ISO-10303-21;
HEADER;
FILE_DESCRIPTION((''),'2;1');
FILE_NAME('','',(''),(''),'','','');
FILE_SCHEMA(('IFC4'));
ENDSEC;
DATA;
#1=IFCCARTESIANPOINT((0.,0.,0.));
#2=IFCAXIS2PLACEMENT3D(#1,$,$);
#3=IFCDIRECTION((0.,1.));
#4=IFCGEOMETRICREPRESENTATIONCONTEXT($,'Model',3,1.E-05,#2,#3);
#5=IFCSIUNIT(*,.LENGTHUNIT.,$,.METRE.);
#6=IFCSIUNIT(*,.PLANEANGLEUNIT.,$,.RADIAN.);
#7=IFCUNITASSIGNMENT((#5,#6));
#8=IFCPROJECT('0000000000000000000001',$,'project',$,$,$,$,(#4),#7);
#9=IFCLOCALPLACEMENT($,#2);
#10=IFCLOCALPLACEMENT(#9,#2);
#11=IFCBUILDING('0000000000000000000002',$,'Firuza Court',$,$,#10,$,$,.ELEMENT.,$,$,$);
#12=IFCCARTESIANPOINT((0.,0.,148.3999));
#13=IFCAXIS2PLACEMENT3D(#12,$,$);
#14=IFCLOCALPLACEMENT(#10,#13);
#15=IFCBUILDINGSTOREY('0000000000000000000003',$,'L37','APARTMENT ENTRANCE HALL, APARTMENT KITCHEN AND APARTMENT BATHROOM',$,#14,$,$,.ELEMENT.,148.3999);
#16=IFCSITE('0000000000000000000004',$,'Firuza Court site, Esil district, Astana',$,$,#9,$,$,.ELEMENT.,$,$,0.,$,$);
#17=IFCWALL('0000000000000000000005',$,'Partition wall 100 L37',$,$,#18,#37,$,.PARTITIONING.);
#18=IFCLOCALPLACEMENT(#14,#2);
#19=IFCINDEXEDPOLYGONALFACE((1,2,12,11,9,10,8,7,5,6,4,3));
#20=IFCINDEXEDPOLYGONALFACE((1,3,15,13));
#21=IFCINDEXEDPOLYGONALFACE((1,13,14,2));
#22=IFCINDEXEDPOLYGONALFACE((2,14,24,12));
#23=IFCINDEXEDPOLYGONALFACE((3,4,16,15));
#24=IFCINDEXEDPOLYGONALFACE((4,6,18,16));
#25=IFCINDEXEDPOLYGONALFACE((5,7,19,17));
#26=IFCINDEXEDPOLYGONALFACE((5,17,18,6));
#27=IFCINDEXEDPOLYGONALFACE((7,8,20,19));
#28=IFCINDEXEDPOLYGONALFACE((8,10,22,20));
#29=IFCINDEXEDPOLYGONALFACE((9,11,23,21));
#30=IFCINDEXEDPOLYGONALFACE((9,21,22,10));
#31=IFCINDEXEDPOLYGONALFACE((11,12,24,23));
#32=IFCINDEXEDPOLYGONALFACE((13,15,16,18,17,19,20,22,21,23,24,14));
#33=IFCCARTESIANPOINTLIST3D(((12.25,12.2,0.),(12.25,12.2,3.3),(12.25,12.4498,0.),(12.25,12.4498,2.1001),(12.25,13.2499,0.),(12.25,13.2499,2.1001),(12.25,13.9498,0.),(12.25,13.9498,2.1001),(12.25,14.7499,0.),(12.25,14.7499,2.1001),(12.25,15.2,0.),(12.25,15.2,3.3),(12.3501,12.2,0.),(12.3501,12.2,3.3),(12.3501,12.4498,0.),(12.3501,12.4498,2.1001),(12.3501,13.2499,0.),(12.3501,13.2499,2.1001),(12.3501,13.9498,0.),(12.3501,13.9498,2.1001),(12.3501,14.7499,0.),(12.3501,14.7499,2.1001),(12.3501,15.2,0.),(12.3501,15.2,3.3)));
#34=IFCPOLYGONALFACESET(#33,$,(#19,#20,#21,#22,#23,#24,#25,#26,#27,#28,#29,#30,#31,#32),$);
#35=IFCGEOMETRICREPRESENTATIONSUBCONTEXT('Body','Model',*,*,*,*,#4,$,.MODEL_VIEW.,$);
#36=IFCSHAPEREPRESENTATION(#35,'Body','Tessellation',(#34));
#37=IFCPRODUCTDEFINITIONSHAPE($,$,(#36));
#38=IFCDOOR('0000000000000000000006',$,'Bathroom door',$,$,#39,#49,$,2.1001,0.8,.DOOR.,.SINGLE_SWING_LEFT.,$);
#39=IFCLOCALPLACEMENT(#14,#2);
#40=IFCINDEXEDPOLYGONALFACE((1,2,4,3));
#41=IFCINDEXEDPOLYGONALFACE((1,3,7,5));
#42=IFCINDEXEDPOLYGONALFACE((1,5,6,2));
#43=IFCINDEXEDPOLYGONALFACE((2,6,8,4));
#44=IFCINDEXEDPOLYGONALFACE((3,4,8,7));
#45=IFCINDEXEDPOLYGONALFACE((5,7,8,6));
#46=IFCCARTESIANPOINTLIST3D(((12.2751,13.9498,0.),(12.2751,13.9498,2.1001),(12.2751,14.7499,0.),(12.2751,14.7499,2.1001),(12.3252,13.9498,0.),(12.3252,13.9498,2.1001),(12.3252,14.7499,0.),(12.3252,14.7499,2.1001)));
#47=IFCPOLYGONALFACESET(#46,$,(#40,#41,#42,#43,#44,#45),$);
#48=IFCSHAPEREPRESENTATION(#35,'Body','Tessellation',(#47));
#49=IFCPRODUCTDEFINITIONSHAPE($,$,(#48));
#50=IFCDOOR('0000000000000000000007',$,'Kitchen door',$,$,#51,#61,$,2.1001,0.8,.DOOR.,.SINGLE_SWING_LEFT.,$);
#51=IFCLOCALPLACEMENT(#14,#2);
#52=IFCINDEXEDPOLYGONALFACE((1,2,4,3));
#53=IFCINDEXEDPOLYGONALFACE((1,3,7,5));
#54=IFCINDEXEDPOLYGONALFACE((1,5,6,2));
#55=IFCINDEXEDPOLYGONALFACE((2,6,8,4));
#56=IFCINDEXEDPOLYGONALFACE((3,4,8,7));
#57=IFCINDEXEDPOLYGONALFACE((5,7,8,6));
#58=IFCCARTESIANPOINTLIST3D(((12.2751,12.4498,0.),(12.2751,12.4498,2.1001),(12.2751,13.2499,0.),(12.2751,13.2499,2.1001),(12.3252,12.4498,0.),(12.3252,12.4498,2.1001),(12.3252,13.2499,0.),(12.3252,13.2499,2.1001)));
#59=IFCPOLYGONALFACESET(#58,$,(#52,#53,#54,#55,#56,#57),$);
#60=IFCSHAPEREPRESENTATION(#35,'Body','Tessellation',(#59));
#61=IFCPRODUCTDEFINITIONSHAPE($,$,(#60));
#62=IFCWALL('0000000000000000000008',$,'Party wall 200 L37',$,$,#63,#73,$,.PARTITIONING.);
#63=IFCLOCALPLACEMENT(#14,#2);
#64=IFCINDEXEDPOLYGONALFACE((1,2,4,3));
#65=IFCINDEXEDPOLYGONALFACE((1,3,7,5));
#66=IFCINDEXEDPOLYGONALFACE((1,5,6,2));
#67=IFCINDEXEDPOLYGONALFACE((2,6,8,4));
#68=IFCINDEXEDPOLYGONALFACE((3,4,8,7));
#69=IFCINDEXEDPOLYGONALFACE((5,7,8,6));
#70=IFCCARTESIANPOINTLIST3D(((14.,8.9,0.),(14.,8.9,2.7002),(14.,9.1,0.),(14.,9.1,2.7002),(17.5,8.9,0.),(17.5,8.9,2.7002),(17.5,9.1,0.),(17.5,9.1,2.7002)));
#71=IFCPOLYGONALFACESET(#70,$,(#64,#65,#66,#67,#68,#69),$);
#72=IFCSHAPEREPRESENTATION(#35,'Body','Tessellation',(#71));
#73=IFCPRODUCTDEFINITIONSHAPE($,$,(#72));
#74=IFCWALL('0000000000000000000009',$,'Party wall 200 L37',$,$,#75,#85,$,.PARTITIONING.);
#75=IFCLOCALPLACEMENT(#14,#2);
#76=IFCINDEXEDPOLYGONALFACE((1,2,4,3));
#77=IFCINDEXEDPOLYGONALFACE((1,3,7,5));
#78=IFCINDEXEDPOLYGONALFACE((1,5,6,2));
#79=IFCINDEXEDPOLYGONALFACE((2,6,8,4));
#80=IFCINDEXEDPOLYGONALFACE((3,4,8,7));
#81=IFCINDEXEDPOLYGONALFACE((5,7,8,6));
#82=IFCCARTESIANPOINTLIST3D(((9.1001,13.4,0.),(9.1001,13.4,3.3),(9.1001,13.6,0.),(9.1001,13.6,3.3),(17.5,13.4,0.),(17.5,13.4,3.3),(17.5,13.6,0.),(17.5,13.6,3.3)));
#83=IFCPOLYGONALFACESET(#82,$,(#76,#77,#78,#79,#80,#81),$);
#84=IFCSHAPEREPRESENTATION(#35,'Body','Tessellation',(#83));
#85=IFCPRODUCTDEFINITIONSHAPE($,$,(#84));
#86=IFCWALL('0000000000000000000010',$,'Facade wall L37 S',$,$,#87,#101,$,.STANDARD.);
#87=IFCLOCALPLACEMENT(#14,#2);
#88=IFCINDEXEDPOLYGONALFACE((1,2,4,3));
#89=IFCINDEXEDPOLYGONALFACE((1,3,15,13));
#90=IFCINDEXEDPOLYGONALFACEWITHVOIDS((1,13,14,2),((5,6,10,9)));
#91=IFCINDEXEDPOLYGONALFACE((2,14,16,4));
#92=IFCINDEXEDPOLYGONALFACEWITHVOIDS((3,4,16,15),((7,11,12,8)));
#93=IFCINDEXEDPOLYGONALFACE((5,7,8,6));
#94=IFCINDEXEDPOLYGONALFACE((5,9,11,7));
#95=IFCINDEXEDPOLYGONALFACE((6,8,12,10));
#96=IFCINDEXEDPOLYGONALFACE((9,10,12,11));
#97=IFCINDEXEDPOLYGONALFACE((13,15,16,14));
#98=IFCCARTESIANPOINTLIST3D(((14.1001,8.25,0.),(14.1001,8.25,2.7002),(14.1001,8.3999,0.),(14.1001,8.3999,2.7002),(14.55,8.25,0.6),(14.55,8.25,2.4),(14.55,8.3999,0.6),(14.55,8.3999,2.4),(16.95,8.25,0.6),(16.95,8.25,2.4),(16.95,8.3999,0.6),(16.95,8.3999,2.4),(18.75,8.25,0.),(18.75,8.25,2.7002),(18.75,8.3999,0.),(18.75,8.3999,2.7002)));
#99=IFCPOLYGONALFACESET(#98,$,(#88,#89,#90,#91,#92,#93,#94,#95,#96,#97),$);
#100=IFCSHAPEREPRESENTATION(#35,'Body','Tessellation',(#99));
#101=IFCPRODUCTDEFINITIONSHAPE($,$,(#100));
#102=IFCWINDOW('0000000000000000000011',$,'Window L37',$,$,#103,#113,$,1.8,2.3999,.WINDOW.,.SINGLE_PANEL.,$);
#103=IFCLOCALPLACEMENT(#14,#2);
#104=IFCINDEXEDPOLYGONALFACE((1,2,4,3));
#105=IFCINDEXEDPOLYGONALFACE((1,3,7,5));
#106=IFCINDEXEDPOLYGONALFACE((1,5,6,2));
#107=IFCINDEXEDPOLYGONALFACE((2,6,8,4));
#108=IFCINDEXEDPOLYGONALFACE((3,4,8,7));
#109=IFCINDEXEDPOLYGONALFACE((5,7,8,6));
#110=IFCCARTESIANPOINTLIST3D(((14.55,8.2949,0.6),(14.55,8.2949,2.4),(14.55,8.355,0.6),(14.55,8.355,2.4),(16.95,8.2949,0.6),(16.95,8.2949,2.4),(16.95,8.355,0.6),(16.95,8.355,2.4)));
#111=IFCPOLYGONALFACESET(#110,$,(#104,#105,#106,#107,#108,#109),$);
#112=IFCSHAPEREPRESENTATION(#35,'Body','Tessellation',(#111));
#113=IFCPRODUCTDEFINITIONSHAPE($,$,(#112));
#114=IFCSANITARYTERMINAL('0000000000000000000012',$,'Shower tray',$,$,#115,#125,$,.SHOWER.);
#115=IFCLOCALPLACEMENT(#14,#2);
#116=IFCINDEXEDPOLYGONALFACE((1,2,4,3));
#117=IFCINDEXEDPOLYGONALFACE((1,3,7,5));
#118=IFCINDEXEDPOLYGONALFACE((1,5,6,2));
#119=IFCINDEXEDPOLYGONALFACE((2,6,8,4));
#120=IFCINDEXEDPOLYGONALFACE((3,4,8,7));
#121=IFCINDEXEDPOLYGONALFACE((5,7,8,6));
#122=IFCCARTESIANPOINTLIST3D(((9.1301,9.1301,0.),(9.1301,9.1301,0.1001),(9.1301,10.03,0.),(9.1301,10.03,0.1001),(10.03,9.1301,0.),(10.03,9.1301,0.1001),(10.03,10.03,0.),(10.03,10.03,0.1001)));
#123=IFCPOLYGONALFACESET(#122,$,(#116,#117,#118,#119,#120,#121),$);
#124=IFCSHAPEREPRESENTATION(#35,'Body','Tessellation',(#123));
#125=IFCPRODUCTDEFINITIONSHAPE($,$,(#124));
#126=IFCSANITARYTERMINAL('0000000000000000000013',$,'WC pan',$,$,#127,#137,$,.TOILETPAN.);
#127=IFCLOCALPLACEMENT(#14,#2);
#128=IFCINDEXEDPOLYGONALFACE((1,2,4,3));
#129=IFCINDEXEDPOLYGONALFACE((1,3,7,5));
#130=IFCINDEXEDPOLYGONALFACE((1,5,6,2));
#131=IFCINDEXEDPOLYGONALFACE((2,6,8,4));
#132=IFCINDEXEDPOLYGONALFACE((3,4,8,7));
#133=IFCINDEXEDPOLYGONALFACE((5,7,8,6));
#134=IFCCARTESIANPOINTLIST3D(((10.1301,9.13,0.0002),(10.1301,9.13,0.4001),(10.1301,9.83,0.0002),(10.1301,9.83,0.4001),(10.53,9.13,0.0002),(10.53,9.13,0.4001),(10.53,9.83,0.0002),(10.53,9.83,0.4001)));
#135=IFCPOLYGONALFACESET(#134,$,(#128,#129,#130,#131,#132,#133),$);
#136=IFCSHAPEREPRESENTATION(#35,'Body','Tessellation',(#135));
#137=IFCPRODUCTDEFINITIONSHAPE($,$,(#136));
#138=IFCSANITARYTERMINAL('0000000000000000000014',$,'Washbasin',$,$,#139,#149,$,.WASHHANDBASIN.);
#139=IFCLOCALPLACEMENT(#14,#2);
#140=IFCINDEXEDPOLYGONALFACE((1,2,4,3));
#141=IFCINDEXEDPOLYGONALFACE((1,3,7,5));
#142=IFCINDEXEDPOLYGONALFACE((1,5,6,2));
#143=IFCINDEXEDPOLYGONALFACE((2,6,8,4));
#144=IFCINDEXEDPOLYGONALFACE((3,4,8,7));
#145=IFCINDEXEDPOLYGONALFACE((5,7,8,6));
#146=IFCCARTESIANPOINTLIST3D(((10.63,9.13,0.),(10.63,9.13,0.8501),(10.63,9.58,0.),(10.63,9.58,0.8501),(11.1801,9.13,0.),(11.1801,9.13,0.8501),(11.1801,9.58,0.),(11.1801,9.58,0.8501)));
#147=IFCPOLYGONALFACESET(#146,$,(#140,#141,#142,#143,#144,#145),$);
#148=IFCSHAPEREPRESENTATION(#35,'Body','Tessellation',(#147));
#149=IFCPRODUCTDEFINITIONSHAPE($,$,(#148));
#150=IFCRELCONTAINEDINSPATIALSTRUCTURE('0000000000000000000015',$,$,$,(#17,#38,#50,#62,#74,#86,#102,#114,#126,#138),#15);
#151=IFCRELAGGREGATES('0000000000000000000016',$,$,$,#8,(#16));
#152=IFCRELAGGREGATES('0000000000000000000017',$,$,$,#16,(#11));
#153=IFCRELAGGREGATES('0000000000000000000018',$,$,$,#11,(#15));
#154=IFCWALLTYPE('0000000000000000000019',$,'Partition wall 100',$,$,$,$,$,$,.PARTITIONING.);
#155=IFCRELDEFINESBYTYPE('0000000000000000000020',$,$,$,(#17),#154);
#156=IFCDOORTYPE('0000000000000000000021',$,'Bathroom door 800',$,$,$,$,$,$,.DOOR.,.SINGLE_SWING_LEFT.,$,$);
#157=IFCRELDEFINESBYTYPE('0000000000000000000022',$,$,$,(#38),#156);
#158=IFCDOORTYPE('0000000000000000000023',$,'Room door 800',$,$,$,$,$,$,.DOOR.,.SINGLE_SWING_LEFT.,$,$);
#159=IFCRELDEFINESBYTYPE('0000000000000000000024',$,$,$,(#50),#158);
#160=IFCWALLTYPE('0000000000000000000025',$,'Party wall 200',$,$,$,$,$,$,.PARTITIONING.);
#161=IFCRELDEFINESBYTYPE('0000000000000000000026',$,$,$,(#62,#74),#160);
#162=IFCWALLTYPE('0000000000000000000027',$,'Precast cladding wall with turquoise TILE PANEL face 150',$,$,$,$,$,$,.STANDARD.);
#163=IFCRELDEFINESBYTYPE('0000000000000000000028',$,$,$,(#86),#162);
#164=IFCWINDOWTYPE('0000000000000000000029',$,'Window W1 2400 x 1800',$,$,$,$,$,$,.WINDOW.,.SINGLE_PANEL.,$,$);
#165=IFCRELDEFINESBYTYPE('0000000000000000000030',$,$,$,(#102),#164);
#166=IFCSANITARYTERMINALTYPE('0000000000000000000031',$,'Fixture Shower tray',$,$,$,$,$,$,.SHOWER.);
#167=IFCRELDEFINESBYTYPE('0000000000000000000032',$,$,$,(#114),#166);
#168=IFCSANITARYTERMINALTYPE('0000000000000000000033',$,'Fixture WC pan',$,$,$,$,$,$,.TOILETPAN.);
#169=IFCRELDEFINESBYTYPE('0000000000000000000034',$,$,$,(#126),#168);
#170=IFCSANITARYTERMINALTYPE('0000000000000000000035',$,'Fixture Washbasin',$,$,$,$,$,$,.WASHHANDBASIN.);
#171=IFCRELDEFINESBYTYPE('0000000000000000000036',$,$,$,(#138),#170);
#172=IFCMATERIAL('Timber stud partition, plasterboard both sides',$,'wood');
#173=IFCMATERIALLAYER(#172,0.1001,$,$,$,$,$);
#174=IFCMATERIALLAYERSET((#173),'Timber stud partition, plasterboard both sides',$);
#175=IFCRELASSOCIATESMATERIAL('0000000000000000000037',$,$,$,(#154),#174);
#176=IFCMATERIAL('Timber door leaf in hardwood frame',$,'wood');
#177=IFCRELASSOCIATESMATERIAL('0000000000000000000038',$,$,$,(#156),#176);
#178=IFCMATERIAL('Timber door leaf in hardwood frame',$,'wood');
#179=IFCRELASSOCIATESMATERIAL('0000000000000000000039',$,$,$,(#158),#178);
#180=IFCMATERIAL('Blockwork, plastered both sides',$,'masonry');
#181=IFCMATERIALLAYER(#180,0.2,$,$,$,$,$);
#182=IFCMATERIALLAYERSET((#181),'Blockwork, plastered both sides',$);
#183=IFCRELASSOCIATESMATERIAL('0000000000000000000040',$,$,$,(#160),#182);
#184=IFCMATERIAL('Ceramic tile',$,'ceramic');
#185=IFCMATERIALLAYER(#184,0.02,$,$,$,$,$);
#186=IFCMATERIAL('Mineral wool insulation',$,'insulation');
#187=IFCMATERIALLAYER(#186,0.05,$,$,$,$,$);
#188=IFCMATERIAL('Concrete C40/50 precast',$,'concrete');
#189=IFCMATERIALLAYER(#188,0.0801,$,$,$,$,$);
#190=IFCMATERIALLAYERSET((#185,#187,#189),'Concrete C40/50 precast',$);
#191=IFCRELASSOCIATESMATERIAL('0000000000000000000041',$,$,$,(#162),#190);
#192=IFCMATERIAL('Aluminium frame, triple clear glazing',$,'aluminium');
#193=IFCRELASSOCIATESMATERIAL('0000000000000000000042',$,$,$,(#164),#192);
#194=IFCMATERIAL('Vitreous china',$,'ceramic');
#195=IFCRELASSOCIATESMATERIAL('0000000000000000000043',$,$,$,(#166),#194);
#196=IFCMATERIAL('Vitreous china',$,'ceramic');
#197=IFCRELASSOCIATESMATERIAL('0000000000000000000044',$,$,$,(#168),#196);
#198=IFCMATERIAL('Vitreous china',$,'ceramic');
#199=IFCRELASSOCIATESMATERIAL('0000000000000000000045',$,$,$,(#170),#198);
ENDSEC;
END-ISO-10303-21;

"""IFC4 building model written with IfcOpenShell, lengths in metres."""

from ifc_helpers import new_model, si_unit, direction, frame, frame_2d, origin, origin_2d, place, context, subcontext, project, spatial, rectangle, extrude, material, layer, layer_set, type_object, element, fill, save


model = new_model("IFC4")

# Units and contexts
model_context = context("Model", 3, precision=1e-05, world=origin(), true_north=direction((0.0, 1.0)))
body_context = subcontext(model_context, "Body", "Model", "MODEL_VIEW")
ifc_project = project(units=[si_unit("LENGTHUNIT", "METRE"), si_unit("PLANEANGLEUNIT", "RADIAN")], contexts=[model_context])

# Site, building, storey
site_placement = place(None, origin())
site = spatial("IfcSite", under=ifc_project, at=site_placement, Name="Firuza Court site, Esil district, Astana", CompositionType="ELEMENT", RefElevation=0.0)
building_placement = place(site_placement, origin())
building = spatial("IfcBuilding", under=site, at=building_placement, Name="Firuza Court", CompositionType="ELEMENT")
storey_placement = place(building_placement, frame((0.0, 0.0, 148.3999)))
storey = spatial("IfcBuildingStorey", under=building, at=storey_placement, Name="L37", Description="APARTMENT ENTRANCE HALL, APARTMENT KITCHEN AND APARTMENT BATHROOM", CompositionType="ELEMENT", Elevation=148.3999)

# Shared definitions
ifc_material_1 = material(Name="Timber stud partition, plasterboard both sides", Category="wood")
ifc_layer_1 = layer(ifc_material_1, 0.1001)
ifc_layer_set_1 = layer_set([ifc_layer_1], Name="Timber stud partition, plasterboard both sides")
wall_type_1 = type_object("IfcWallType", Name="Partition wall 100", PredefinedType="PARTITIONING", material=ifc_layer_set_1)
ifc_material_2 = material(Name="Timber door leaf in hardwood frame", Category="wood")
door_type_1 = type_object("IfcDoorType", Name="Bathroom door 800", OperationType="SINGLE_SWING_LEFT", PredefinedType="DOOR", material=ifc_material_2)

# Wall, openings, doors
wall_1_placement = place(storey_placement, frame((12.3, 12.2, 0.0), z_axis=(0.0, 0.0, 1.0), x_axis=(0.0, 1.0, 0.0)))
wall_1 = element("IfcWall", 1, at=wall_1_placement, inside=storey, type_object=wall_type_1, Name="Partition wall 100 L37", PredefinedType="PARTITIONING", context=body_context, shape_type="SweptSolid", body=[
    extrude(rectangle(XDim=3.0, YDim=0.1001, at=frame_2d((1.5, 0.0))), origin(), (0.0, 0.0, 1.0), 3.3),
])
opening_1_placement = place(wall_1_placement, frame((1.75, 0.0, 0.0)))
opening_1 = element("IfcOpeningElement", 2, at=opening_1_placement, cuts=wall_1, PredefinedType="OPENING", context=body_context, shape_type="SweptSolid", body=[
    extrude(rectangle(XDim=0.8, YDim=2.1001, at=frame_2d((0.3999, 1.05))), frame((0.0, 0.062, 0.0), z_axis=(0.0, -1.0, 0.0), x_axis=(1.0, 0.0, 0.0)), (0.0, 0.0, 1.0), 0.124),
])
opening_2_placement = place(wall_1_placement, frame((0.25, 0.0, 0.0)))
opening_2 = element("IfcOpeningElement", 3, at=opening_2_placement, cuts=wall_1, PredefinedType="OPENING", context=body_context, shape_type="SweptSolid", body=[
    extrude(rectangle(XDim=0.8, YDim=2.1001, at=frame_2d((0.3999, 1.05))), frame((0.0, 0.062, 0.0), z_axis=(0.0, -1.0, 0.0), x_axis=(1.0, 0.0, 0.0)), (0.0, 0.0, 1.0), 0.124),
])
door_1_placement = place(opening_1_placement, origin())
door_1 = element("IfcDoor", 4, at=door_1_placement, inside=storey, type_object=door_type_1, Name="Bathroom door", OperationType="SINGLE_SWING_LEFT", OverallHeight=2.1001, OverallWidth=0.8, PredefinedType="DOOR", context=body_context, shape_type="SweptSolid", body=[
    extrude(rectangle(XDim=0.8, YDim=2.1001, at=frame_2d((0.3999, 1.05))), frame((0.0, 0.0249, 0.0), z_axis=(0.0, -1.0, 0.0), x_axis=(1.0, 0.0, 0.0)), (0.0, 0.0, 1.0), 0.05),
])
fill(opening_1, door_1)
ifc_material_3 = material(Name="Timber door leaf in hardwood frame", Category="wood")
door_type_2 = type_object("IfcDoorType", Name="Room door 800", OperationType="SINGLE_SWING_LEFT", PredefinedType="DOOR", material=ifc_material_3)
door_2_placement = place(opening_2_placement, origin())
door_2 = element("IfcDoor", 5, at=door_2_placement, inside=storey, type_object=door_type_2, Name="Kitchen door", OperationType="SINGLE_SWING_LEFT", OverallHeight=2.1001, OverallWidth=0.8, PredefinedType="DOOR", context=body_context, shape_type="SweptSolid", body=[
    extrude(rectangle(XDim=0.8, YDim=2.1001, at=frame_2d((0.3999, 1.05))), frame((0.0, 0.0249, 0.0), z_axis=(0.0, -1.0, 0.0), x_axis=(1.0, 0.0, 0.0)), (0.0, 0.0, 1.0), 0.05),
])
fill(opening_2, door_2)

# Walls
ifc_material_4 = material(Name="Blockwork, plastered both sides", Category="masonry")
ifc_layer_2 = layer(ifc_material_4, 0.2)
ifc_layer_set_2 = layer_set([ifc_layer_2], Name="Blockwork, plastered both sides")
wall_type_2 = type_object("IfcWallType", Name="Party wall 200", PredefinedType="PARTITIONING", material=ifc_layer_set_2)
wall_2_placement = place(storey_placement, frame((14.0, 9.0, 0.0), z_axis=(0.0, 0.0, 1.0), x_axis=(1.0, 0.0, 0.0)))
element("IfcWall", 6, at=wall_2_placement, inside=storey, type_object=wall_type_2, Name="Party wall 200 L37", PredefinedType="PARTITIONING", context=body_context, shape_type="SweptSolid", body=[
    extrude(rectangle(XDim=3.5, YDim=0.2, at=frame_2d((1.75, 0.0))), origin(), (0.0, 0.0, 1.0), 2.7002),
])
wall_3_placement = place(storey_placement, frame((9.1001, 13.5, 0.0), z_axis=(0.0, 0.0, 1.0), x_axis=(1.0, 0.0, 0.0)))
element("IfcWall", 7, at=wall_3_placement, inside=storey, type_object=wall_type_2, Name="Party wall 200 L37", PredefinedType="PARTITIONING", context=body_context, shape_type="SweptSolid", body=[
    extrude(rectangle(XDim=8.3999, YDim=0.2, at=frame_2d((4.2, 0.0))), origin(), (0.0, 0.0, 1.0), 3.3),
])

# Wall, opening, window
ifc_material_5 = material(Name="Ceramic tile", Category="ceramic")
ifc_layer_3 = layer(ifc_material_5, 0.02)
ifc_material_6 = material(Name="Mineral wool insulation", Category="insulation")
ifc_layer_4 = layer(ifc_material_6, 0.05)
ifc_material_7 = material(Name="Concrete C40/50 precast", Category="concrete")
ifc_layer_5 = layer(ifc_material_7, 0.0801)
ifc_layer_set_3 = layer_set([ifc_layer_3, ifc_layer_4, ifc_layer_5], Name="Concrete C40/50 precast")
wall_type_3 = type_object("IfcWallType", Name="Precast cladding wall with turquoise TILE PANEL face 150", PredefinedType="STANDARD", material=ifc_layer_set_3)
wall_4_placement = place(storey_placement, frame((14.1001, 8.325, 0.0), z_axis=(0.0, 0.0, 1.0), x_axis=(1.0, 0.0, 0.0)))
wall_4 = element("IfcWall", 8, at=wall_4_placement, inside=storey, type_object=wall_type_3, Name="Facade wall L37 S", PredefinedType="STANDARD", context=body_context, shape_type="SweptSolid", body=[
    extrude(rectangle(XDim=4.6499, YDim=0.1499, at=frame_2d((2.325, 0.0))), origin(), (0.0, 0.0, 1.0), 2.7002),
])
opening_3_placement = place(wall_4_placement, frame((0.45, 0.0, 0.6001)))
opening_3 = element("IfcOpeningElement", 9, at=opening_3_placement, cuts=wall_4, PredefinedType="OPENING", context=body_context, shape_type="SweptSolid", body=[
    extrude(rectangle(XDim=2.3999, YDim=1.8, at=frame_2d((1.2, 0.8999))), frame((0.0, 0.0869, 0.0), z_axis=(0.0, -1.0, 0.0), x_axis=(1.0, 0.0, 0.0)), (0.0, 0.0, 1.0), 0.1738),
])
ifc_material_8 = material(Name="Aluminium frame, triple clear glazing", Category="aluminium")
window_type = type_object("IfcWindowType", Name="Window W1 2400 x 1800", PartitioningType="SINGLE_PANEL", PredefinedType="WINDOW", material=ifc_material_8)
window_placement = place(opening_3_placement, origin())
window = element("IfcWindow", 10, at=window_placement, inside=storey, type_object=window_type, Name="Window L37", OverallHeight=1.8, OverallWidth=2.3999, PartitioningType="SINGLE_PANEL", PredefinedType="WINDOW", context=body_context, shape_type="SweptSolid", body=[
    extrude(rectangle(XDim=2.3999, YDim=1.8, at=frame_2d((1.2, 0.8999))), frame((0.0, 0.03, 0.0), z_axis=(0.0, -1.0, 0.0), x_axis=(1.0, 0.0, 0.0)), (0.0, 0.0, 1.0), 0.0601),
])
fill(opening_3, window)

# Sanitary terminals
ifc_material_9 = material(Name="Vitreous china", Category="ceramic")
sanitary_terminal_type_1 = type_object("IfcSanitaryTerminalType", Name="Fixture Shower tray", PredefinedType="SHOWER", material=ifc_material_9)
sanitary_terminal_1_placement = place(storey_placement, frame((9.5801, 9.5801, 0.0), z_axis=(0.0, 0.0, 1.0), x_axis=(1.0, 0.0, 0.0)))
element("IfcSanitaryTerminal", 11, at=sanitary_terminal_1_placement, inside=storey, type_object=sanitary_terminal_type_1, Name="Shower tray", PredefinedType="SHOWER", context=body_context, shape_type="SweptSolid", body=[
    extrude(rectangle(XDim=0.8999, YDim=0.8999, at=origin_2d()), origin(), (0.0, 0.0, 1.0), 0.1001),
])
ifc_material_10 = material(Name="Vitreous china", Category="ceramic")
sanitary_terminal_type_2 = type_object("IfcSanitaryTerminalType", Name="Fixture WC pan", PredefinedType="TOILETPAN", material=ifc_material_10)
sanitary_terminal_2_placement = place(storey_placement, frame((10.3301, 9.48, 0.0002), z_axis=(0.0, 0.0, 1.0), x_axis=(1.0, 0.0, 0.0)))
element("IfcSanitaryTerminal", 12, at=sanitary_terminal_2_placement, inside=storey, type_object=sanitary_terminal_type_2, Name="WC pan", PredefinedType="TOILETPAN", context=body_context, shape_type="SweptSolid", body=[
    extrude(rectangle(XDim=0.3999, YDim=0.7, at=origin_2d()), origin(), (0.0, 0.0, 1.0), 0.3999),
])
ifc_material_11 = material(Name="Vitreous china", Category="ceramic")
sanitary_terminal_type_3 = type_object("IfcSanitaryTerminalType", Name="Fixture Washbasin", PredefinedType="WASHHANDBASIN", material=ifc_material_11)
sanitary_terminal_3_placement = place(storey_placement, frame((10.905, 9.355, 0.0), z_axis=(0.0, 0.0, 1.0), x_axis=(1.0, 0.0, 0.0)))
element("IfcSanitaryTerminal", 13, at=sanitary_terminal_3_placement, inside=storey, type_object=sanitary_terminal_type_3, Name="Washbasin", PredefinedType="WASHHANDBASIN", context=body_context, shape_type="SweptSolid", body=[
    extrude(rectangle(XDim=0.55, YDim=0.45, at=origin_2d()), origin(), (0.0, 0.0, 1.0), 0.8501),
])

save(model, "model.ifc")
